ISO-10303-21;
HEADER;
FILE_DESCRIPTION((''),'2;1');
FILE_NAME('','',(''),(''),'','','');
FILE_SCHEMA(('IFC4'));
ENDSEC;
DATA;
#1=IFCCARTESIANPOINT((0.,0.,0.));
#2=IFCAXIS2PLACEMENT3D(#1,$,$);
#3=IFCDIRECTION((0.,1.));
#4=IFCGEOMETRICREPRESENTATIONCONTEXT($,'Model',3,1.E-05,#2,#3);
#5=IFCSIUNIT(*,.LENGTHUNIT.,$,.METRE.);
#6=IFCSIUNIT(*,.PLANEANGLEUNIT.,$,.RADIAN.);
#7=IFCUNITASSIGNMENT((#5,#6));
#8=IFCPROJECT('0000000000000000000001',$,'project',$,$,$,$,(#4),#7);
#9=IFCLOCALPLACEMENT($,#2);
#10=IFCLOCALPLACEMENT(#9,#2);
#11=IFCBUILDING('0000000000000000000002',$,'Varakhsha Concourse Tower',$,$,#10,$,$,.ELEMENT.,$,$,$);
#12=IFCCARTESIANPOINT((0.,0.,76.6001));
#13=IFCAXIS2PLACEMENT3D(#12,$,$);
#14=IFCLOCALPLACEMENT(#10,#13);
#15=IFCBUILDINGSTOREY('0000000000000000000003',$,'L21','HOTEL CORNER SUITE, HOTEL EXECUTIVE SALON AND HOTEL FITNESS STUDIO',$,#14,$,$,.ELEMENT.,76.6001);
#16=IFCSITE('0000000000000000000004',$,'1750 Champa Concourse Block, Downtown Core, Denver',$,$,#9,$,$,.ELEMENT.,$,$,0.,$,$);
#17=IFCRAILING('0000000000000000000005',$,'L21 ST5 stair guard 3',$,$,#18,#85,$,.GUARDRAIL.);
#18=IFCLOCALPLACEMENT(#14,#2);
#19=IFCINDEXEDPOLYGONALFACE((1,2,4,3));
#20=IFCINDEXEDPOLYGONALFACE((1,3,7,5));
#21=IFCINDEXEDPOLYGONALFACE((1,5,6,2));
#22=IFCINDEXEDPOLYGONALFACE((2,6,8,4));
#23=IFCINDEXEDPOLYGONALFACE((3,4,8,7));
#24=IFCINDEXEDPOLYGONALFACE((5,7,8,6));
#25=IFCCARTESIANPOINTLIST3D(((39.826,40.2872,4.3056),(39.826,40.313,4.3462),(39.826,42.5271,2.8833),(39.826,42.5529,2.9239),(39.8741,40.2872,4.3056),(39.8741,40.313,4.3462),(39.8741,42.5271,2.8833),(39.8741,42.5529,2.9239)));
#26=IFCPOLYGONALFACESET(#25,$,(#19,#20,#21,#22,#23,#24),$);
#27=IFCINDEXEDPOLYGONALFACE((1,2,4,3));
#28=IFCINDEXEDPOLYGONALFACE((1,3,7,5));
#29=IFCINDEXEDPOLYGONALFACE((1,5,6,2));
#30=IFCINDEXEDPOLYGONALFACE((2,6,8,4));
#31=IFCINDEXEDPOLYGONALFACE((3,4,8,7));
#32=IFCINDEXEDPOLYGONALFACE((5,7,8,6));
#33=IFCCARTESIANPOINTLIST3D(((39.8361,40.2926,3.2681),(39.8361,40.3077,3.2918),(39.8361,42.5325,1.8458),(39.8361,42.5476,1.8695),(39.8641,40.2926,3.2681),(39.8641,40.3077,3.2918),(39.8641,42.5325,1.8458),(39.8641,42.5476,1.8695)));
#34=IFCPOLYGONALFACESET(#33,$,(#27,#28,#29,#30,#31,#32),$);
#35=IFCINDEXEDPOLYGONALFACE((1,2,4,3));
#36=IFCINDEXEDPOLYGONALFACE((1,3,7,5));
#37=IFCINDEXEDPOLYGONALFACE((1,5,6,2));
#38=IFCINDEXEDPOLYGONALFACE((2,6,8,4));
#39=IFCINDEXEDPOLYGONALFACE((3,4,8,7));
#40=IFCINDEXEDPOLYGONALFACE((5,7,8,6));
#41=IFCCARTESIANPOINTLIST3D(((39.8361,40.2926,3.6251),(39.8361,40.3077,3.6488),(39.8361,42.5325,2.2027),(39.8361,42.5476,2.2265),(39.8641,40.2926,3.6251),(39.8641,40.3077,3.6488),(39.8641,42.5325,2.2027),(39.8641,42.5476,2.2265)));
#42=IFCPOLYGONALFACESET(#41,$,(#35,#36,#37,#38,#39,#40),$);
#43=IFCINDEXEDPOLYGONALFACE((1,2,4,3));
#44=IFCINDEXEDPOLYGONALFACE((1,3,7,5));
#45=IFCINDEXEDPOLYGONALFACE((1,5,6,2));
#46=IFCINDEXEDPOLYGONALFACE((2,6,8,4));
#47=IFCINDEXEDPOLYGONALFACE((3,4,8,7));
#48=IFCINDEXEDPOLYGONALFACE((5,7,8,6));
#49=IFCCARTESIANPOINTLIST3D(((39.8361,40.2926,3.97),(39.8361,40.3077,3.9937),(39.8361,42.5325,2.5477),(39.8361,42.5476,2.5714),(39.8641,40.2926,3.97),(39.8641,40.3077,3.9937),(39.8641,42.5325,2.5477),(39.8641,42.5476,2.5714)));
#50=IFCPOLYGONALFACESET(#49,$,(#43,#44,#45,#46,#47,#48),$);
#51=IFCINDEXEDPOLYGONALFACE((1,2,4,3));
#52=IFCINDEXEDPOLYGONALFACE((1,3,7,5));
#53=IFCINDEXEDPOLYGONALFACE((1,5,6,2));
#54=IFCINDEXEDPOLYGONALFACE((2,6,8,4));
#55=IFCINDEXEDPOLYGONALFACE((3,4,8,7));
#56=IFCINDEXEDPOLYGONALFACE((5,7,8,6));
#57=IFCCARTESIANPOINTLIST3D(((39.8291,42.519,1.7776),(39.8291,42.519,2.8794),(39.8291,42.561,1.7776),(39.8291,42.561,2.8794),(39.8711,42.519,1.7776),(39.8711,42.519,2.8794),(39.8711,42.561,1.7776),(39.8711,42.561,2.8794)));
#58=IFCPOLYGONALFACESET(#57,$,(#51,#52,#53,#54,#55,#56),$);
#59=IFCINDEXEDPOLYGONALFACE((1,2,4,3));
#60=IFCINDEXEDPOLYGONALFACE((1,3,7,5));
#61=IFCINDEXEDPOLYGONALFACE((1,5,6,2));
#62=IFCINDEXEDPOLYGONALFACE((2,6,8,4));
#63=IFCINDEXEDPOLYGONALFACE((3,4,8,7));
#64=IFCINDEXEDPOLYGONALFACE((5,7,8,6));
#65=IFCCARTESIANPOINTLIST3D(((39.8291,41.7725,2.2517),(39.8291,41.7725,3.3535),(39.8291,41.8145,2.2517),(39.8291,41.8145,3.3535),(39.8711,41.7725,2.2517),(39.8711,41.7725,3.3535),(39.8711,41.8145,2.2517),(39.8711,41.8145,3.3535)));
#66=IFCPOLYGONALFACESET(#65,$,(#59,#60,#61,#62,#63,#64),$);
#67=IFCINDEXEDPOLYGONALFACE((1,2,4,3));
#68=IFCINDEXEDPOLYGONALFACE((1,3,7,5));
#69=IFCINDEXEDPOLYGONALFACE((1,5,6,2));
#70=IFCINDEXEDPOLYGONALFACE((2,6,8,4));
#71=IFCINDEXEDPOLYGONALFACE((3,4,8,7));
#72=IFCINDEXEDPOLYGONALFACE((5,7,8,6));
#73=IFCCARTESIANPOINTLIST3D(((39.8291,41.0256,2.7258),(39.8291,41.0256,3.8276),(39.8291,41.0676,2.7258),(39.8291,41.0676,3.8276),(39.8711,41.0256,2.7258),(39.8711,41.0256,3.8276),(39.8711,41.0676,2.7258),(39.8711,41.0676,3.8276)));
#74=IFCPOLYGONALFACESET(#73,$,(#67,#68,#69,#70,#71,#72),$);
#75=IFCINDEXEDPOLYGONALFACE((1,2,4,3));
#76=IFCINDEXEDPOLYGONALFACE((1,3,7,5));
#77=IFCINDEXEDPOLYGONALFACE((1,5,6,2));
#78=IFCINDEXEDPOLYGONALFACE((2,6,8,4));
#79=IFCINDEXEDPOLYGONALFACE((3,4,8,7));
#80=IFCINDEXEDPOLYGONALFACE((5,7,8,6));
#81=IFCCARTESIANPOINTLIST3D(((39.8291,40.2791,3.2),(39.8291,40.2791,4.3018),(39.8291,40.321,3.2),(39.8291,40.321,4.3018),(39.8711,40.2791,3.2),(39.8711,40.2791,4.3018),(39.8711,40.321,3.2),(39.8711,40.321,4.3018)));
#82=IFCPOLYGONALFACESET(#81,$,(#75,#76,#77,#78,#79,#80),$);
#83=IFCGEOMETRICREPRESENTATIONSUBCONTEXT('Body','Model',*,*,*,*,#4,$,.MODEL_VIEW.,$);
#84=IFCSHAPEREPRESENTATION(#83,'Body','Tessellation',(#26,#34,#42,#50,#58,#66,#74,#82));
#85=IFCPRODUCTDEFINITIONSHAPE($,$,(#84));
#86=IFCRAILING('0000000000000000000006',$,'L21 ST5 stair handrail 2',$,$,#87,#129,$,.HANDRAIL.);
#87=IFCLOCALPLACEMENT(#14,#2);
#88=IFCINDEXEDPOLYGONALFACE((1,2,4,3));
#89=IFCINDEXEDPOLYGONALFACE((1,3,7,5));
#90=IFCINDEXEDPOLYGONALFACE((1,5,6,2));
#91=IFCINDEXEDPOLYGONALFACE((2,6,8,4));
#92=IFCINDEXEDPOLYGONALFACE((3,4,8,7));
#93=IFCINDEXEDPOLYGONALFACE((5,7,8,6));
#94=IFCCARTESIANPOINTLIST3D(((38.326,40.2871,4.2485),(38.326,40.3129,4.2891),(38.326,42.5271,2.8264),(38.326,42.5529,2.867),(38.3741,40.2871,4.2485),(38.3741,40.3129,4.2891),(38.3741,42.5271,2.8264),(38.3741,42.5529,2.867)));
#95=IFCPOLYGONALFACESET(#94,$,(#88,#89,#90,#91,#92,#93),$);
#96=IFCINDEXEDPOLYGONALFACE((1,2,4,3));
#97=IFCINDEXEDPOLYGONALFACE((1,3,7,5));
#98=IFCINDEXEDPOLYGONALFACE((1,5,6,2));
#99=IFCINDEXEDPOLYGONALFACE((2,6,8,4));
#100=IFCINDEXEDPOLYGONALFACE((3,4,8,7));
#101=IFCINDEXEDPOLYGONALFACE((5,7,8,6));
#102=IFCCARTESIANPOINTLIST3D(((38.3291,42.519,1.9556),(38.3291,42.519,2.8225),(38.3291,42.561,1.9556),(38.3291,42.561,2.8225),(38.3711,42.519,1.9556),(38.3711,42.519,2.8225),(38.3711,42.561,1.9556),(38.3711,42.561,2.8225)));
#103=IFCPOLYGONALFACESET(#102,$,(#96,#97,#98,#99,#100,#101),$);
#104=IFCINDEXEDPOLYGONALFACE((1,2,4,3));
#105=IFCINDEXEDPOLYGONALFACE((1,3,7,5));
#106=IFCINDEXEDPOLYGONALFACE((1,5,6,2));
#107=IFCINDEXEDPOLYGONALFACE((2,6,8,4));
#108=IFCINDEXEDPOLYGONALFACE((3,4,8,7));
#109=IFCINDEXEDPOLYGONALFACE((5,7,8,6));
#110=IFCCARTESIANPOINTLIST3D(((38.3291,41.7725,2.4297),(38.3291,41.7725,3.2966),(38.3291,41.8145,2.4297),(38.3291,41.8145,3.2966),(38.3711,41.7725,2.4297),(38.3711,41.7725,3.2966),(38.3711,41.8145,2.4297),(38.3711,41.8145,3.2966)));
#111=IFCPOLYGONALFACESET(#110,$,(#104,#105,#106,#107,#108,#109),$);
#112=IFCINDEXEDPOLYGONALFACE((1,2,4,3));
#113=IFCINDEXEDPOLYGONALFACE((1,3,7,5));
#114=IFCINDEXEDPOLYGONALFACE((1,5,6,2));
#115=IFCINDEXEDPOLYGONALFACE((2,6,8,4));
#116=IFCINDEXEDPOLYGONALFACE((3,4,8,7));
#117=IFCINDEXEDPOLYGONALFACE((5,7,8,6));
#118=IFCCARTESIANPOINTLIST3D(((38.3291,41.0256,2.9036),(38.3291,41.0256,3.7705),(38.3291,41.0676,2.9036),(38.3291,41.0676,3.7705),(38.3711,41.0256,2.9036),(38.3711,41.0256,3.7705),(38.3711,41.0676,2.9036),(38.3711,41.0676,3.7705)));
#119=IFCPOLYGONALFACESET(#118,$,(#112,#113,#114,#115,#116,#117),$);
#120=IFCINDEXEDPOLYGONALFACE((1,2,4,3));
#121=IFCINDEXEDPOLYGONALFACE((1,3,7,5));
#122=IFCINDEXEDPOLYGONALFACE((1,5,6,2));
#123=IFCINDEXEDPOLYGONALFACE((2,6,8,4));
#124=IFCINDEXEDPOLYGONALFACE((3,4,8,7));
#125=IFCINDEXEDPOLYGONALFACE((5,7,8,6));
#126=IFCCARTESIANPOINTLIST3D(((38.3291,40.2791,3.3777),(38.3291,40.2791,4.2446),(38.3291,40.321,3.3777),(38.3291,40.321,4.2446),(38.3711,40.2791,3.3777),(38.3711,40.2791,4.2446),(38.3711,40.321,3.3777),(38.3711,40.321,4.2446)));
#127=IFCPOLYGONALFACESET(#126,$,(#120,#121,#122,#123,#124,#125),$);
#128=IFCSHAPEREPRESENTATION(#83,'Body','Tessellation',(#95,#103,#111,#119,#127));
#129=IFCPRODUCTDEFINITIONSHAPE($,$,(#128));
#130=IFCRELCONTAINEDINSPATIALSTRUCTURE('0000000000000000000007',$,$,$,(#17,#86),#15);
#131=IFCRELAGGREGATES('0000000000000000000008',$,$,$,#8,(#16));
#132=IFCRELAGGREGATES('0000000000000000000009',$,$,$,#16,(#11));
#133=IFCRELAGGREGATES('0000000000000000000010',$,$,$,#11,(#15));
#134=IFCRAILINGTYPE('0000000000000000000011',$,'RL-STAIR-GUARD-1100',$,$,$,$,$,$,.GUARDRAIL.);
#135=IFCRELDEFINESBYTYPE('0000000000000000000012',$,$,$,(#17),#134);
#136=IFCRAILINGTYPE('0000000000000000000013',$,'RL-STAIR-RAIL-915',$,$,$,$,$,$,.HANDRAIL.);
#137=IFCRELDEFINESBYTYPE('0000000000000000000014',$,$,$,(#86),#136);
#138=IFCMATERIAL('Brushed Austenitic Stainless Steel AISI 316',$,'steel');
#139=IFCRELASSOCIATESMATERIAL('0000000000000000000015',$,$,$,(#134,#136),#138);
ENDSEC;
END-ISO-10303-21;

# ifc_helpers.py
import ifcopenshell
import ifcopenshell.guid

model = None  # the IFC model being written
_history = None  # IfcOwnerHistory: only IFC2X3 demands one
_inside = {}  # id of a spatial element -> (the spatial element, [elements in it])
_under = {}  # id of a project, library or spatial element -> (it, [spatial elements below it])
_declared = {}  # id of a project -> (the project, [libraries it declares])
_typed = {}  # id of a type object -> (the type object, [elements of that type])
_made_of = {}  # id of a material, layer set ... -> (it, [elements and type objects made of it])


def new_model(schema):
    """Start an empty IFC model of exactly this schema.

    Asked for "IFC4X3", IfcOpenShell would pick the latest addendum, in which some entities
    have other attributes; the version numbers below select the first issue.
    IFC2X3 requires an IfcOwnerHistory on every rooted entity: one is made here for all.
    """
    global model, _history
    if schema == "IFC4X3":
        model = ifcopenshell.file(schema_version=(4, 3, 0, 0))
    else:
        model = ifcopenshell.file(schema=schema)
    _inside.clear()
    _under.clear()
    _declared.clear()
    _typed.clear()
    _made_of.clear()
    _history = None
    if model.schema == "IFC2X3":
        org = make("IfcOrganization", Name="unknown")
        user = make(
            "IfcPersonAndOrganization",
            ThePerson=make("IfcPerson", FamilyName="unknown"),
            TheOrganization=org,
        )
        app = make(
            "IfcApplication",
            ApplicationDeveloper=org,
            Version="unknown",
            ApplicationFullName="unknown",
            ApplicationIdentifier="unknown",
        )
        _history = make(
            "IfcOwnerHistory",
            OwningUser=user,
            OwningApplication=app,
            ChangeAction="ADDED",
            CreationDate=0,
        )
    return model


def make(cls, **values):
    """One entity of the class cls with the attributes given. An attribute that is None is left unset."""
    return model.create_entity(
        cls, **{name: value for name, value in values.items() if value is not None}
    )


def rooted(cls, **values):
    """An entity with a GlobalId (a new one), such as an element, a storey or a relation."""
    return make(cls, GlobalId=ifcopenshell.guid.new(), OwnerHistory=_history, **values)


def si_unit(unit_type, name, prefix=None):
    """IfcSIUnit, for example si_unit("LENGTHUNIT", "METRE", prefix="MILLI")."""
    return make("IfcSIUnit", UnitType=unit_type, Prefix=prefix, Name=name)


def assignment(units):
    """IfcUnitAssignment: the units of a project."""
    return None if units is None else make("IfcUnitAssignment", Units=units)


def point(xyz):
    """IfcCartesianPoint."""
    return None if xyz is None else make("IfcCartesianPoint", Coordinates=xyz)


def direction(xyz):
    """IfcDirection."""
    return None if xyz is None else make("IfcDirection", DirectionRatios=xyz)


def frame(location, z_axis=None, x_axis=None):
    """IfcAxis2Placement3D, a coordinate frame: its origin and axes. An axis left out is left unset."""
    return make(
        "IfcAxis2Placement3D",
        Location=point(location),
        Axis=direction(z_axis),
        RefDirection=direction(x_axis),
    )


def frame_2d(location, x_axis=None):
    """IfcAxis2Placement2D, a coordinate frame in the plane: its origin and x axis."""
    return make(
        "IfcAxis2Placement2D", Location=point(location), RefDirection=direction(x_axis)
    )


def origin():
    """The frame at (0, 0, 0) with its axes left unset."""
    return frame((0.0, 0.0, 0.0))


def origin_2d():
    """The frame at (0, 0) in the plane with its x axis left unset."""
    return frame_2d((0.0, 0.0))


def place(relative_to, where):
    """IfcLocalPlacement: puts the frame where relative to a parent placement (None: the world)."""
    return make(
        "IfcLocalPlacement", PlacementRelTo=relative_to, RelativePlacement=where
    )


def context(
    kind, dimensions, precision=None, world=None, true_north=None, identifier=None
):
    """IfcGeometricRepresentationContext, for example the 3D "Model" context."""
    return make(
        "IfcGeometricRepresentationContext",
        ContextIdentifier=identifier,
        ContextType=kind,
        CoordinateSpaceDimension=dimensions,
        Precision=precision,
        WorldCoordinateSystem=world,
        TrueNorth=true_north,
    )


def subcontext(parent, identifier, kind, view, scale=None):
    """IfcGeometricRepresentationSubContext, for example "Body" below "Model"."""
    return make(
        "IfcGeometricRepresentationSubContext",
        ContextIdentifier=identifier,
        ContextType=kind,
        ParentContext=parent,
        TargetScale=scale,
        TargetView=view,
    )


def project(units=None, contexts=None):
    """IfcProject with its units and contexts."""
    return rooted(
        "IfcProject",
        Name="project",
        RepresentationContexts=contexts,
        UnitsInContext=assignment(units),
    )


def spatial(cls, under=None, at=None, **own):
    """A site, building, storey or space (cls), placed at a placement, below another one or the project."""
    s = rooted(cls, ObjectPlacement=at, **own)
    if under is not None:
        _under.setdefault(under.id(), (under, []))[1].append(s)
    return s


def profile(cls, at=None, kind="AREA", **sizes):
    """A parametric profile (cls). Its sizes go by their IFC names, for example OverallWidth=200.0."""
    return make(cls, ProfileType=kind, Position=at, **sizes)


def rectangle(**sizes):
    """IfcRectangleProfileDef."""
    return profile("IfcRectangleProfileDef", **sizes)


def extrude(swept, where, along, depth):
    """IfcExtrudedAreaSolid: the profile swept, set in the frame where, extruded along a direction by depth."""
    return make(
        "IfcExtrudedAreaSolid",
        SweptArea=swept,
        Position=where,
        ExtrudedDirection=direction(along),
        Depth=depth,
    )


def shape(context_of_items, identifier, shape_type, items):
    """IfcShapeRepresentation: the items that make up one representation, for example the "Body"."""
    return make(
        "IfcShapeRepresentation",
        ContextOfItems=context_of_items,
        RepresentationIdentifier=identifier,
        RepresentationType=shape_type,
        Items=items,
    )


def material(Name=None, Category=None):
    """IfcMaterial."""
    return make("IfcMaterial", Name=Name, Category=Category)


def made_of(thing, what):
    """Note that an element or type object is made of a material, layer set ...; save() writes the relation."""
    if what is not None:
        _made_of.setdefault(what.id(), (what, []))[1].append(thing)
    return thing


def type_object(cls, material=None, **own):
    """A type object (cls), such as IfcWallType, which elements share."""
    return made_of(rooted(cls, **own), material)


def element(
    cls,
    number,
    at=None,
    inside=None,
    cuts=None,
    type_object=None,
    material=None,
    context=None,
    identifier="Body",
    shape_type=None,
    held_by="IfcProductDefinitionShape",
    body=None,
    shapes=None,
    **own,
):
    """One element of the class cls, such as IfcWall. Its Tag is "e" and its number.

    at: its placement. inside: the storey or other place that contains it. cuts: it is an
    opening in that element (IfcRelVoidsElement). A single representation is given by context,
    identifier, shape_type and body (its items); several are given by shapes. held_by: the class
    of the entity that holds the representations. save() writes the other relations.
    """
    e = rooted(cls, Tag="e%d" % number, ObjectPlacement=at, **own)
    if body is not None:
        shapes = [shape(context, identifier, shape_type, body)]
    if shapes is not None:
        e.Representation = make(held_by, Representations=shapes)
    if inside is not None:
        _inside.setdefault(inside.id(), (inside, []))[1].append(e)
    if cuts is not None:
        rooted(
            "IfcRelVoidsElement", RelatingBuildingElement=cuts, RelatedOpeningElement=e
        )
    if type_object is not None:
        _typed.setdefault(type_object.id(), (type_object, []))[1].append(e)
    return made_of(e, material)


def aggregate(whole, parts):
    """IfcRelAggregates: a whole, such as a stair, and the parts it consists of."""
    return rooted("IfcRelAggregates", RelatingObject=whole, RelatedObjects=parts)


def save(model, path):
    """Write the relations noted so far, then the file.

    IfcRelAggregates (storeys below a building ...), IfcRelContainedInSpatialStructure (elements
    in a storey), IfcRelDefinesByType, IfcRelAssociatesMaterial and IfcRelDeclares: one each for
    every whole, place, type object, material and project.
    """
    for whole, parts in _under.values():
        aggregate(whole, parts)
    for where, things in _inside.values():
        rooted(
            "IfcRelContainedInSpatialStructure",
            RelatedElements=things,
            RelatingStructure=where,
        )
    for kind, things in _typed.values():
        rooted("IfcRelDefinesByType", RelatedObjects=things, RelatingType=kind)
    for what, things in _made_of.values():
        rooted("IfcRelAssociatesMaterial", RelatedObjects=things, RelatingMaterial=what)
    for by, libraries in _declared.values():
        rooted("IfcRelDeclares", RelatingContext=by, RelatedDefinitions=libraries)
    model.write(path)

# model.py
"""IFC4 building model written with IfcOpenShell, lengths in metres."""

from ifc_helpers import new_model, si_unit, direction, frame, origin, origin_2d, place, context, subcontext, project, spatial, rectangle, extrude, material, type_object, element, save


model = new_model("IFC4")

# Units and contexts
model_context = context("Model", 3, precision=1e-05, world=origin(), true_north=direction((0.0, 1.0)))
body_context = subcontext(model_context, "Body", "Model", "MODEL_VIEW")
ifc_project = project(units=[si_unit("LENGTHUNIT", "METRE"), si_unit("PLANEANGLEUNIT", "RADIAN")], contexts=[model_context])

# Site, building, storey
site_placement = place(None, origin())
site = spatial("IfcSite", under=ifc_project, at=site_placement, Name="1750 Champa Concourse Block, Downtown Core, Denver", CompositionType="ELEMENT", RefElevation=0.0)
building_placement = place(site_placement, origin())
building = spatial("IfcBuilding", under=site, at=building_placement, Name="Varakhsha Concourse Tower", CompositionType="ELEMENT")
storey_placement = place(building_placement, frame((0.0, 0.0, 76.6001)))
storey = spatial("IfcBuildingStorey", under=building, at=storey_placement, Name="L21", Description="HOTEL CORNER SUITE, HOTEL EXECUTIVE SALON AND HOTEL FITNESS STUDIO", CompositionType="ELEMENT", Elevation=76.6001)

# Railings
ifc_material_1 = material(Name="Brushed Austenitic Stainless Steel AISI 316", Category="steel")
railing_type_1 = type_object("IfcRailingType", Name="RL-STAIR-GUARD-1100", PredefinedType="GUARDRAIL", material=ifc_material_1)
railing_1_placement = place(storey_placement, frame((39.8501, 42.54, 1.7776)))
element("IfcRailing", 1, at=railing_1_placement, inside=storey, type_object=railing_type_1, Name="L21 ST5 stair guard 3", PredefinedType="GUARDRAIL", context=body_context, shape_type="SweptSolid", body=[
    extrude(rectangle(XDim=0.0481, YDim=0.0481, at=origin_2d()), frame((0.0, 0.0, 1.126), z_axis=(0.0, -0.844188, 0.536048), x_axis=(1.0, 0.0, 0.0)), (0.0, 0.0, 1.0), 2.6533),
    extrude(rectangle(XDim=0.0281, YDim=0.0281, at=origin_2d()), frame((0.0, 0.0, 0.0801), z_axis=(0.0, -0.844188, 0.536048), x_axis=(1.0, 0.0, 0.0)), (0.0, 0.0, 1.0), 2.6533),
    extrude(rectangle(XDim=0.0281, YDim=0.0281, at=origin_2d()), frame((0.0, 0.0, 0.437), z_axis=(0.0, -0.844188, 0.536048), x_axis=(1.0, 0.0, 0.0)), (0.0, 0.0, 1.0), 2.6533),
    extrude(rectangle(XDim=0.0281, YDim=0.0281, at=origin_2d()), frame((0.0, 0.0, 0.782), z_axis=(0.0, -0.844188, 0.536048), x_axis=(1.0, 0.0, 0.0)), (0.0, 0.0, 1.0), 2.6533),
    extrude(rectangle(XDim=0.042, YDim=0.042, at=origin_2d()), origin(), (0.0, 0.0, 1.0), 1.1018),
    extrude(rectangle(XDim=0.042, YDim=0.042, at=origin_2d()), frame((0.0, -0.7466, 0.4741)), (0.0, 0.0, 1.0), 1.1018),
    extrude(rectangle(XDim=0.042, YDim=0.042, at=origin_2d()), frame((0.0, -1.4934, 0.9482)), (0.0, 0.0, 1.0), 1.1018),
    extrude(rectangle(XDim=0.042, YDim=0.042, at=origin_2d()), frame((0.0, -2.24, 1.4224)), (0.0, 0.0, 1.0), 1.1018),
])
railing_type_2 = type_object("IfcRailingType", Name="RL-STAIR-RAIL-915", PredefinedType="HANDRAIL", material=ifc_material_1)
railing_2_placement = place(storey_placement, frame((38.3501, 42.54, 1.9556)))
element("IfcRailing", 2, at=railing_2_placement, inside=storey, type_object=railing_type_2, Name="L21 ST5 stair handrail 2", PredefinedType="HANDRAIL", context=body_context, shape_type="SweptSolid", body=[
    extrude(rectangle(XDim=0.0481, YDim=0.0481, at=origin_2d()), frame((0.0, 0.0, 0.8911), z_axis=(0.0, -0.844229, 0.535982), x_axis=(1.0, 0.0, 0.0)), (0.0, 0.0, 1.0), 2.6533),
    extrude(rectangle(XDim=0.042, YDim=0.042, at=origin_2d()), origin(), (0.0, 0.0, 1.0), 0.8669),
    extrude(rectangle(XDim=0.042, YDim=0.042, at=origin_2d()), frame((0.0, -0.7466, 0.4741)), (0.0, 0.0, 1.0), 0.8669),
    extrude(rectangle(XDim=0.042, YDim=0.042, at=origin_2d()), frame((0.0, -1.4934, 0.948)), (0.0, 0.0, 1.0), 0.8669),
    extrude(rectangle(XDim=0.042, YDim=0.042, at=origin_2d()), frame((0.0, -2.24, 1.4221)), (0.0, 0.0, 1.0), 0.8669),
])

save(model, "model.ifc")
